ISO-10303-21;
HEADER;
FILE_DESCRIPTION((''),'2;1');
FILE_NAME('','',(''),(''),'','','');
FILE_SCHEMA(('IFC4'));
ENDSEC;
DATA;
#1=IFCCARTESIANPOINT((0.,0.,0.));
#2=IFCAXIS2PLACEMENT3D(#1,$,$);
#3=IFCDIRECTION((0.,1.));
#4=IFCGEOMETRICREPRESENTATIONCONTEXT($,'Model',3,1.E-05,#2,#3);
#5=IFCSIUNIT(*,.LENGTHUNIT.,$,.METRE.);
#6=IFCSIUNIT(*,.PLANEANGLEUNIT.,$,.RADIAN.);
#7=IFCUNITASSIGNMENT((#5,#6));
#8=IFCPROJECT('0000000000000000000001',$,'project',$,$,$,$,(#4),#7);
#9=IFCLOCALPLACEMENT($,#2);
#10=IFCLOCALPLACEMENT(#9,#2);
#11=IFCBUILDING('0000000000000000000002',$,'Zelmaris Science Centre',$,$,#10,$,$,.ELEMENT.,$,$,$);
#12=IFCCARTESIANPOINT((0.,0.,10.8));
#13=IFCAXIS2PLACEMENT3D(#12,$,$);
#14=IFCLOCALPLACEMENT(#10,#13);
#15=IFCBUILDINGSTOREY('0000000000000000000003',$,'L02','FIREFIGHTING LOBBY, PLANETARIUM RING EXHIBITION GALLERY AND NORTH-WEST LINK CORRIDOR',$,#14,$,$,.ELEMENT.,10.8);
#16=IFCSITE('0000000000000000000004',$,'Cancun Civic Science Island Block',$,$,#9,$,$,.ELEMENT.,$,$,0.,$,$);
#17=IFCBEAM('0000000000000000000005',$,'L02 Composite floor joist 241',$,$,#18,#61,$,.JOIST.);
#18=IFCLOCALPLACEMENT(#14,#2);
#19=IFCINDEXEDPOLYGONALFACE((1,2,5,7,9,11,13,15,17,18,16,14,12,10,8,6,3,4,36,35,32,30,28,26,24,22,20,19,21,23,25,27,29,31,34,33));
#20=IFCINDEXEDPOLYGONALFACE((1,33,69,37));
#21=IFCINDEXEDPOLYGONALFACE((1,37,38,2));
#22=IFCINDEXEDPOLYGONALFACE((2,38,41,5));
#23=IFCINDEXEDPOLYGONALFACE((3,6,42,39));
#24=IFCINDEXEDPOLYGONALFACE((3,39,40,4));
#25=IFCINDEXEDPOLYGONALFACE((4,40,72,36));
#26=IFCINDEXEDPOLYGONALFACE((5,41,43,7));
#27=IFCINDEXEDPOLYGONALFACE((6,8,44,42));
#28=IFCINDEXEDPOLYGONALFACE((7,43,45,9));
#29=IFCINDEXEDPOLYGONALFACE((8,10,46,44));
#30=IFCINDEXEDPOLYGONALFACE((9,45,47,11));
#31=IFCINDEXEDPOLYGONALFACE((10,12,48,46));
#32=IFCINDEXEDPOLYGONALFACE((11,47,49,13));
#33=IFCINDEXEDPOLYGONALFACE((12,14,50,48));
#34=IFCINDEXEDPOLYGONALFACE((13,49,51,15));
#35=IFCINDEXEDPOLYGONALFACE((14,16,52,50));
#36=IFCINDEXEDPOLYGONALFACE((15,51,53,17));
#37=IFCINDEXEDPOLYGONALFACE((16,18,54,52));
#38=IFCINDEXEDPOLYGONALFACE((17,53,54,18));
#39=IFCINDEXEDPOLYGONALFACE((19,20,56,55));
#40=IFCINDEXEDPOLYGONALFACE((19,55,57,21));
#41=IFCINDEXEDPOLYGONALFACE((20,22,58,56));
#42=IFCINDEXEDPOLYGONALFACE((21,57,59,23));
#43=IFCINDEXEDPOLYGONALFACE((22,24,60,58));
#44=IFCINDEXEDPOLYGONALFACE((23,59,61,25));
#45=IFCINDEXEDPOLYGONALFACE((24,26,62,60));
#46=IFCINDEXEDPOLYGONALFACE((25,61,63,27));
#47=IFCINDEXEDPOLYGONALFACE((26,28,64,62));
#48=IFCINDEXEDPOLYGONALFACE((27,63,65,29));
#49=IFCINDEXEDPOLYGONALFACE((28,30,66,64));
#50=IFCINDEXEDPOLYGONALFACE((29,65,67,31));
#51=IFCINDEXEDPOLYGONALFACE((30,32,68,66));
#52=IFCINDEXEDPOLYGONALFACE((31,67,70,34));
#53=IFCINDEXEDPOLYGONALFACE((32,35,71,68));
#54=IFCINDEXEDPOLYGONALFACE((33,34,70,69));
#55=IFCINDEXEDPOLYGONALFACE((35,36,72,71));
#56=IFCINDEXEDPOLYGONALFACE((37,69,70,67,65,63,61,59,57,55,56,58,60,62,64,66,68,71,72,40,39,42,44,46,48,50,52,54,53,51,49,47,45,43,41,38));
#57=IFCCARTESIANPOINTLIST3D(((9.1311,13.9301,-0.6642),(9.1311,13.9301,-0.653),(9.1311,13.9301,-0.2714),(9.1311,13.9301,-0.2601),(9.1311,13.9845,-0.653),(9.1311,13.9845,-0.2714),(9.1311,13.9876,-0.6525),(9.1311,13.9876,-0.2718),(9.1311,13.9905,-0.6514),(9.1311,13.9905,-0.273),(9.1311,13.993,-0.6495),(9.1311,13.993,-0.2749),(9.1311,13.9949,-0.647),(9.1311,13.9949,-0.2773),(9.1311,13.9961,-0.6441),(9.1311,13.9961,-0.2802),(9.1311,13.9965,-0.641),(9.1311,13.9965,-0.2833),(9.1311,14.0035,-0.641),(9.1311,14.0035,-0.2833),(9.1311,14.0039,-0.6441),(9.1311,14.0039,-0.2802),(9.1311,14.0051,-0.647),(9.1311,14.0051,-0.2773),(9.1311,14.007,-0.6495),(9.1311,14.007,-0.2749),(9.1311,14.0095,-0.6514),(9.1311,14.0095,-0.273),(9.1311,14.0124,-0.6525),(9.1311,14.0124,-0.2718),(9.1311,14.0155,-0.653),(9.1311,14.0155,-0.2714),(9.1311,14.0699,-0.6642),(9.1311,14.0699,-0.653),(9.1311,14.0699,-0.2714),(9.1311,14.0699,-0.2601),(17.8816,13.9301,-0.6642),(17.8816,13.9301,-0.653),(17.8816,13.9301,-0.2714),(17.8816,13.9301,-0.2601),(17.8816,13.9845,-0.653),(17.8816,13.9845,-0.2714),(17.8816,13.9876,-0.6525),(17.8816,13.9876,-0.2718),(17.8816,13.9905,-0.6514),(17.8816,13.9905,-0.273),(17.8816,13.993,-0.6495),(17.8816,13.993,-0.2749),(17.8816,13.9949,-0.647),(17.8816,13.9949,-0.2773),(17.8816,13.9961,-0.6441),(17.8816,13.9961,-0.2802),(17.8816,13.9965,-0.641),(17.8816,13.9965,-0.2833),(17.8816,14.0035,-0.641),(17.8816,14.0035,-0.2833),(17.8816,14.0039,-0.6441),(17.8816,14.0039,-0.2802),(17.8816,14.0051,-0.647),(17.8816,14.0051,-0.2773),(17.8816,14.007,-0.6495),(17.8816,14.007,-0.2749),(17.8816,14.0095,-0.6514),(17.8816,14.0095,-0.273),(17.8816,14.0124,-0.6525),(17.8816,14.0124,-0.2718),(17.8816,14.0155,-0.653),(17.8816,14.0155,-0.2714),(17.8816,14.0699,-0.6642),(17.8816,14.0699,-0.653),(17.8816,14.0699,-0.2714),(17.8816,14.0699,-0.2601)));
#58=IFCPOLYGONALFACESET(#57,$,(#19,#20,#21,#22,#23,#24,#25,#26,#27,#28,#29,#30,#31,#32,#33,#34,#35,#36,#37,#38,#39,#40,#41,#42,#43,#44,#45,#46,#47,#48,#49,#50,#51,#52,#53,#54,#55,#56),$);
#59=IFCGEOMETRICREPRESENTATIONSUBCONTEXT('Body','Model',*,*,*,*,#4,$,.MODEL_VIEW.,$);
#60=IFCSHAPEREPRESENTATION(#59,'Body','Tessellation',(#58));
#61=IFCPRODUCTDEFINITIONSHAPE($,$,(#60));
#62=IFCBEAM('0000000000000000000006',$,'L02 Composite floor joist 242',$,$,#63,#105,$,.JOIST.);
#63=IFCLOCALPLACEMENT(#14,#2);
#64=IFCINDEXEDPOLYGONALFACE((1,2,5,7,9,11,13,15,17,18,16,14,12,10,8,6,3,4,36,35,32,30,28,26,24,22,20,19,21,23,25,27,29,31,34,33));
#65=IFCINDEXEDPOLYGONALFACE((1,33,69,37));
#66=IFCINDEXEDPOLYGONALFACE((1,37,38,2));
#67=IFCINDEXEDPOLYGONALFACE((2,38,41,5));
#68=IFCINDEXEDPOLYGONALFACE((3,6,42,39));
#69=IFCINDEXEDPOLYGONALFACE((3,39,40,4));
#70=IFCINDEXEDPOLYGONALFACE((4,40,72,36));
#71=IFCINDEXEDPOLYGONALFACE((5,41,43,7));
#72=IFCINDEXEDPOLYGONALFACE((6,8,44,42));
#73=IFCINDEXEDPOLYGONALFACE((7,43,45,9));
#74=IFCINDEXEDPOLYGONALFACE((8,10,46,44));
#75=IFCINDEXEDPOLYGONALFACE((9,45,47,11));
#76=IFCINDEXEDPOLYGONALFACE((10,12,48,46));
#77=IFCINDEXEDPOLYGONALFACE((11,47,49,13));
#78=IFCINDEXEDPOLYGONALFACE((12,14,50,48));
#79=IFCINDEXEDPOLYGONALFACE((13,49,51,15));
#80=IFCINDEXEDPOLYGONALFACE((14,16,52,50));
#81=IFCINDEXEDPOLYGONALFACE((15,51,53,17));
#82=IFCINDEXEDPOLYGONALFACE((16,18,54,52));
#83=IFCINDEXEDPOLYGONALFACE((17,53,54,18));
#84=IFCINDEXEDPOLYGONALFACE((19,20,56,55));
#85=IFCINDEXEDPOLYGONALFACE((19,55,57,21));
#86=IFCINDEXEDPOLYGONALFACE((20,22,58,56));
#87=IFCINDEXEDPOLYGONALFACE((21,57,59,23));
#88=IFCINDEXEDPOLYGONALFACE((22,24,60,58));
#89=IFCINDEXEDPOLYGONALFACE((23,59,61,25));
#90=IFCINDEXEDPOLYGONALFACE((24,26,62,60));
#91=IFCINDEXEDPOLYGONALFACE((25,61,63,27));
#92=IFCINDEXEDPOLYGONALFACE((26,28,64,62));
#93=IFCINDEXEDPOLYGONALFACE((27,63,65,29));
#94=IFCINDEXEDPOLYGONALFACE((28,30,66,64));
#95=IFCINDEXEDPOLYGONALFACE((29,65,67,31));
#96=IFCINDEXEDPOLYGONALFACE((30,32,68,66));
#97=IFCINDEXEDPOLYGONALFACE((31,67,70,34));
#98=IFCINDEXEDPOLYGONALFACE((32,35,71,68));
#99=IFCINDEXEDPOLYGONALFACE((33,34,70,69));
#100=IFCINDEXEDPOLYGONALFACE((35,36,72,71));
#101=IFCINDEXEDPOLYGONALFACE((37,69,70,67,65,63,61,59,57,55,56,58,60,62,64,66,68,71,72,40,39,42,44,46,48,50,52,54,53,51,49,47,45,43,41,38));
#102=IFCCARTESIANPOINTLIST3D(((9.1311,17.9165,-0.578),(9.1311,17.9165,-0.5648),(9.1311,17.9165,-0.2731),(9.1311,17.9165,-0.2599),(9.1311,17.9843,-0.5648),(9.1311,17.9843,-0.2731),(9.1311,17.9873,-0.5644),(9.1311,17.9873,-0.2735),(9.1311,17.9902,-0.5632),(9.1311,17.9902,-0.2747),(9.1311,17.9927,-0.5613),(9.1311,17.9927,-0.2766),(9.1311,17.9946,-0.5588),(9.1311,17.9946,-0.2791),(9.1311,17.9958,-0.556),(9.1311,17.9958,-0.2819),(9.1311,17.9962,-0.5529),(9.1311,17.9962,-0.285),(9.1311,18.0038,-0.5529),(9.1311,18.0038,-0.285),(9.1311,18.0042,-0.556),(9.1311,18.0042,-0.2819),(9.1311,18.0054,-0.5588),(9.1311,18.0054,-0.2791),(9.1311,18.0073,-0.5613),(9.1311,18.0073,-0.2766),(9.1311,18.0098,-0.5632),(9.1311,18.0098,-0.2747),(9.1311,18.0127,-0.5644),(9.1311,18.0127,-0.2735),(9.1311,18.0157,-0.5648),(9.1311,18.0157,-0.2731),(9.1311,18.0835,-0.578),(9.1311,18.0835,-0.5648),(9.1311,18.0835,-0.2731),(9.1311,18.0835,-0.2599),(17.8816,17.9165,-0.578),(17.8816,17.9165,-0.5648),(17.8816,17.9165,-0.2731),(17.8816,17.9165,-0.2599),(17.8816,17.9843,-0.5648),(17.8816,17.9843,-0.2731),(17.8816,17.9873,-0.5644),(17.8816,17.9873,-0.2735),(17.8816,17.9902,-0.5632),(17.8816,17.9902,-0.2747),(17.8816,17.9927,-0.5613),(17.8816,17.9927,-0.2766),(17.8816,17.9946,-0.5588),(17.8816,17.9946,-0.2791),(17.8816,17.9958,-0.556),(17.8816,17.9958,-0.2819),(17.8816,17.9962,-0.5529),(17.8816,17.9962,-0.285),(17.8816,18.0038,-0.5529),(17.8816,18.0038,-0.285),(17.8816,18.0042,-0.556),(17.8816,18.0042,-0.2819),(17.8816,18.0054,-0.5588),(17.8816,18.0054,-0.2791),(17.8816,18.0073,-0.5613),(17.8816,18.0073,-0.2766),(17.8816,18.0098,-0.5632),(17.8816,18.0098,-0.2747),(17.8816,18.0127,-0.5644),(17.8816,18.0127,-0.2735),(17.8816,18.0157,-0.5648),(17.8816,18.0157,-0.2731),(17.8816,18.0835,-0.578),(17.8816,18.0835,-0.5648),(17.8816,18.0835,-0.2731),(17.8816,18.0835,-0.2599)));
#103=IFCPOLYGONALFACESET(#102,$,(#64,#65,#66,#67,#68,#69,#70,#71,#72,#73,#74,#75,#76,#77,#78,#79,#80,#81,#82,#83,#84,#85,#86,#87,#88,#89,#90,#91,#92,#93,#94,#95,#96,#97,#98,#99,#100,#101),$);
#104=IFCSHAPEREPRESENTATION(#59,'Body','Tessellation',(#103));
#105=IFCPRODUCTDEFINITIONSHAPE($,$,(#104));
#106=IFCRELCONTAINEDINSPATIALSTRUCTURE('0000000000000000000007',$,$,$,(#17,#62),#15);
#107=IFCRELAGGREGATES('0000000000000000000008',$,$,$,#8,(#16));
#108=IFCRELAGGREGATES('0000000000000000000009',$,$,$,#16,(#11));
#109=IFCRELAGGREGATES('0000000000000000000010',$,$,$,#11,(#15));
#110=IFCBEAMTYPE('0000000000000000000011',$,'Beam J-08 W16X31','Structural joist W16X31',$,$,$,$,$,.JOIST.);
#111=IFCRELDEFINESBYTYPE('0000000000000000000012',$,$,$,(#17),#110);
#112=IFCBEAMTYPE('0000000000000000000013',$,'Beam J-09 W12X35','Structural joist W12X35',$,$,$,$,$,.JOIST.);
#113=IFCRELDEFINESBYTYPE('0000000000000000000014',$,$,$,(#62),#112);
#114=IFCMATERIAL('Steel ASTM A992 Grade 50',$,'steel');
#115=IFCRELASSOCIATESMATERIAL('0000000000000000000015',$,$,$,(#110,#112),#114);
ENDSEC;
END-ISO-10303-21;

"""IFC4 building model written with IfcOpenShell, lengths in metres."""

from ifc_helpers import new_model, si_unit, direction, frame, origin, origin_2d, place, context, subcontext, project, spatial, i_section, extrude, material, material_profile, profile_set, type_object, element, save


model = new_model("IFC4")

# Units and contexts
model_context = context("Model", 3, precision=1e-05, world=origin(), true_north=direction((0.0, 1.0)))
body_context = subcontext(model_context, "Body", "Model", "MODEL_VIEW")
ifc_project = project(units=[si_unit("LENGTHUNIT", "METRE"), si_unit("PLANEANGLEUNIT", "RADIAN")], contexts=[model_context])

# Site, building, storey
site_placement = place(None, origin())
site = spatial("IfcSite", under=ifc_project, at=site_placement, Name="Cancun Civic Science Island Block", CompositionType="ELEMENT", RefElevation=0.0)
building_placement = place(site_placement, origin())
building = spatial("IfcBuilding", under=site, at=building_placement, Name="Zelmaris Science Centre", CompositionType="ELEMENT")
storey_placement = place(building_placement, frame((0.0, 0.0, 10.8)))
storey = spatial("IfcBuildingStorey", under=building, at=storey_placement, Name="L02", Description="FIREFIGHTING LOBBY, PLANETARIUM RING EXHIBITION GALLERY AND NORTH-WEST LINK CORRIDOR", CompositionType="ELEMENT", Elevation=10.8)

# Shared definitions
ifc_material_1 = material(Name="Steel ASTM A992 Grade 50", Category="steel")

# Beams
ifc_material_profile_1 = material_profile(ifc_material_1, i_section(OverallWidth=0.1399, OverallDepth=0.4041, WebThickness=0.0071, FlangeThickness=0.0112, FilletRadius=0.012, at=origin_2d()), Name="W16X31")
ifc_profile_set_1 = profile_set([ifc_material_profile_1], Name="Steel ASTM A992 Grade 50")
beam_type_1 = type_object("IfcBeamType", Name="Beam J-08 W16X31", Description="Structural joist W16X31", PredefinedType="JOIST", material=ifc_profile_set_1)
beam_1_placement = place(storey_placement, frame((9.1311, 14.0, -0.4622), z_axis=(1.0, 0.0, 0.0), x_axis=(0.0, 1.0, 0.0)))
element("IfcBeam", 1, at=beam_1_placement, inside=storey, type_object=beam_type_1, Name="L02 Composite floor joist 241", PredefinedType="JOIST", context=body_context, shape_type="SweptSolid", body=[
    extrude(i_section(OverallWidth=0.1399, OverallDepth=0.4041, WebThickness=0.0071, FlangeThickness=0.0112, FilletRadius=0.012, at=origin_2d()), origin(), (0.0, 0.0, 1.0), 8.7505),
])
ifc_material_profile_2 = material_profile(ifc_material_1, i_section(OverallWidth=0.167, OverallDepth=0.3181, WebThickness=0.0076, FlangeThickness=0.0132, FilletRadius=0.012, at=origin_2d()), Name="W12X35")
ifc_profile_set_2 = profile_set([ifc_material_profile_2], Name="Steel ASTM A992 Grade 50")
beam_type_2 = type_object("IfcBeamType", Name="Beam J-09 W12X35", Description="Structural joist W12X35", PredefinedType="JOIST", material=ifc_profile_set_2)
beam_2_placement = place(storey_placement, frame((9.1311, 18.0, -0.4189), z_axis=(1.0, 0.0, 0.0), x_axis=(0.0, 1.0, 0.0)))
element("IfcBeam", 2, at=beam_2_placement, inside=storey, type_object=beam_type_2, Name="L02 Composite floor joist 242", PredefinedType="JOIST", context=body_context, shape_type="SweptSolid", body=[
    extrude(i_section(OverallWidth=0.167, OverallDepth=0.3181, WebThickness=0.0076, FlangeThickness=0.0132, FilletRadius=0.012, at=origin_2d()), origin(), (0.0, 0.0, 1.0), 8.7505),
])

save(model, "model.ifc")
